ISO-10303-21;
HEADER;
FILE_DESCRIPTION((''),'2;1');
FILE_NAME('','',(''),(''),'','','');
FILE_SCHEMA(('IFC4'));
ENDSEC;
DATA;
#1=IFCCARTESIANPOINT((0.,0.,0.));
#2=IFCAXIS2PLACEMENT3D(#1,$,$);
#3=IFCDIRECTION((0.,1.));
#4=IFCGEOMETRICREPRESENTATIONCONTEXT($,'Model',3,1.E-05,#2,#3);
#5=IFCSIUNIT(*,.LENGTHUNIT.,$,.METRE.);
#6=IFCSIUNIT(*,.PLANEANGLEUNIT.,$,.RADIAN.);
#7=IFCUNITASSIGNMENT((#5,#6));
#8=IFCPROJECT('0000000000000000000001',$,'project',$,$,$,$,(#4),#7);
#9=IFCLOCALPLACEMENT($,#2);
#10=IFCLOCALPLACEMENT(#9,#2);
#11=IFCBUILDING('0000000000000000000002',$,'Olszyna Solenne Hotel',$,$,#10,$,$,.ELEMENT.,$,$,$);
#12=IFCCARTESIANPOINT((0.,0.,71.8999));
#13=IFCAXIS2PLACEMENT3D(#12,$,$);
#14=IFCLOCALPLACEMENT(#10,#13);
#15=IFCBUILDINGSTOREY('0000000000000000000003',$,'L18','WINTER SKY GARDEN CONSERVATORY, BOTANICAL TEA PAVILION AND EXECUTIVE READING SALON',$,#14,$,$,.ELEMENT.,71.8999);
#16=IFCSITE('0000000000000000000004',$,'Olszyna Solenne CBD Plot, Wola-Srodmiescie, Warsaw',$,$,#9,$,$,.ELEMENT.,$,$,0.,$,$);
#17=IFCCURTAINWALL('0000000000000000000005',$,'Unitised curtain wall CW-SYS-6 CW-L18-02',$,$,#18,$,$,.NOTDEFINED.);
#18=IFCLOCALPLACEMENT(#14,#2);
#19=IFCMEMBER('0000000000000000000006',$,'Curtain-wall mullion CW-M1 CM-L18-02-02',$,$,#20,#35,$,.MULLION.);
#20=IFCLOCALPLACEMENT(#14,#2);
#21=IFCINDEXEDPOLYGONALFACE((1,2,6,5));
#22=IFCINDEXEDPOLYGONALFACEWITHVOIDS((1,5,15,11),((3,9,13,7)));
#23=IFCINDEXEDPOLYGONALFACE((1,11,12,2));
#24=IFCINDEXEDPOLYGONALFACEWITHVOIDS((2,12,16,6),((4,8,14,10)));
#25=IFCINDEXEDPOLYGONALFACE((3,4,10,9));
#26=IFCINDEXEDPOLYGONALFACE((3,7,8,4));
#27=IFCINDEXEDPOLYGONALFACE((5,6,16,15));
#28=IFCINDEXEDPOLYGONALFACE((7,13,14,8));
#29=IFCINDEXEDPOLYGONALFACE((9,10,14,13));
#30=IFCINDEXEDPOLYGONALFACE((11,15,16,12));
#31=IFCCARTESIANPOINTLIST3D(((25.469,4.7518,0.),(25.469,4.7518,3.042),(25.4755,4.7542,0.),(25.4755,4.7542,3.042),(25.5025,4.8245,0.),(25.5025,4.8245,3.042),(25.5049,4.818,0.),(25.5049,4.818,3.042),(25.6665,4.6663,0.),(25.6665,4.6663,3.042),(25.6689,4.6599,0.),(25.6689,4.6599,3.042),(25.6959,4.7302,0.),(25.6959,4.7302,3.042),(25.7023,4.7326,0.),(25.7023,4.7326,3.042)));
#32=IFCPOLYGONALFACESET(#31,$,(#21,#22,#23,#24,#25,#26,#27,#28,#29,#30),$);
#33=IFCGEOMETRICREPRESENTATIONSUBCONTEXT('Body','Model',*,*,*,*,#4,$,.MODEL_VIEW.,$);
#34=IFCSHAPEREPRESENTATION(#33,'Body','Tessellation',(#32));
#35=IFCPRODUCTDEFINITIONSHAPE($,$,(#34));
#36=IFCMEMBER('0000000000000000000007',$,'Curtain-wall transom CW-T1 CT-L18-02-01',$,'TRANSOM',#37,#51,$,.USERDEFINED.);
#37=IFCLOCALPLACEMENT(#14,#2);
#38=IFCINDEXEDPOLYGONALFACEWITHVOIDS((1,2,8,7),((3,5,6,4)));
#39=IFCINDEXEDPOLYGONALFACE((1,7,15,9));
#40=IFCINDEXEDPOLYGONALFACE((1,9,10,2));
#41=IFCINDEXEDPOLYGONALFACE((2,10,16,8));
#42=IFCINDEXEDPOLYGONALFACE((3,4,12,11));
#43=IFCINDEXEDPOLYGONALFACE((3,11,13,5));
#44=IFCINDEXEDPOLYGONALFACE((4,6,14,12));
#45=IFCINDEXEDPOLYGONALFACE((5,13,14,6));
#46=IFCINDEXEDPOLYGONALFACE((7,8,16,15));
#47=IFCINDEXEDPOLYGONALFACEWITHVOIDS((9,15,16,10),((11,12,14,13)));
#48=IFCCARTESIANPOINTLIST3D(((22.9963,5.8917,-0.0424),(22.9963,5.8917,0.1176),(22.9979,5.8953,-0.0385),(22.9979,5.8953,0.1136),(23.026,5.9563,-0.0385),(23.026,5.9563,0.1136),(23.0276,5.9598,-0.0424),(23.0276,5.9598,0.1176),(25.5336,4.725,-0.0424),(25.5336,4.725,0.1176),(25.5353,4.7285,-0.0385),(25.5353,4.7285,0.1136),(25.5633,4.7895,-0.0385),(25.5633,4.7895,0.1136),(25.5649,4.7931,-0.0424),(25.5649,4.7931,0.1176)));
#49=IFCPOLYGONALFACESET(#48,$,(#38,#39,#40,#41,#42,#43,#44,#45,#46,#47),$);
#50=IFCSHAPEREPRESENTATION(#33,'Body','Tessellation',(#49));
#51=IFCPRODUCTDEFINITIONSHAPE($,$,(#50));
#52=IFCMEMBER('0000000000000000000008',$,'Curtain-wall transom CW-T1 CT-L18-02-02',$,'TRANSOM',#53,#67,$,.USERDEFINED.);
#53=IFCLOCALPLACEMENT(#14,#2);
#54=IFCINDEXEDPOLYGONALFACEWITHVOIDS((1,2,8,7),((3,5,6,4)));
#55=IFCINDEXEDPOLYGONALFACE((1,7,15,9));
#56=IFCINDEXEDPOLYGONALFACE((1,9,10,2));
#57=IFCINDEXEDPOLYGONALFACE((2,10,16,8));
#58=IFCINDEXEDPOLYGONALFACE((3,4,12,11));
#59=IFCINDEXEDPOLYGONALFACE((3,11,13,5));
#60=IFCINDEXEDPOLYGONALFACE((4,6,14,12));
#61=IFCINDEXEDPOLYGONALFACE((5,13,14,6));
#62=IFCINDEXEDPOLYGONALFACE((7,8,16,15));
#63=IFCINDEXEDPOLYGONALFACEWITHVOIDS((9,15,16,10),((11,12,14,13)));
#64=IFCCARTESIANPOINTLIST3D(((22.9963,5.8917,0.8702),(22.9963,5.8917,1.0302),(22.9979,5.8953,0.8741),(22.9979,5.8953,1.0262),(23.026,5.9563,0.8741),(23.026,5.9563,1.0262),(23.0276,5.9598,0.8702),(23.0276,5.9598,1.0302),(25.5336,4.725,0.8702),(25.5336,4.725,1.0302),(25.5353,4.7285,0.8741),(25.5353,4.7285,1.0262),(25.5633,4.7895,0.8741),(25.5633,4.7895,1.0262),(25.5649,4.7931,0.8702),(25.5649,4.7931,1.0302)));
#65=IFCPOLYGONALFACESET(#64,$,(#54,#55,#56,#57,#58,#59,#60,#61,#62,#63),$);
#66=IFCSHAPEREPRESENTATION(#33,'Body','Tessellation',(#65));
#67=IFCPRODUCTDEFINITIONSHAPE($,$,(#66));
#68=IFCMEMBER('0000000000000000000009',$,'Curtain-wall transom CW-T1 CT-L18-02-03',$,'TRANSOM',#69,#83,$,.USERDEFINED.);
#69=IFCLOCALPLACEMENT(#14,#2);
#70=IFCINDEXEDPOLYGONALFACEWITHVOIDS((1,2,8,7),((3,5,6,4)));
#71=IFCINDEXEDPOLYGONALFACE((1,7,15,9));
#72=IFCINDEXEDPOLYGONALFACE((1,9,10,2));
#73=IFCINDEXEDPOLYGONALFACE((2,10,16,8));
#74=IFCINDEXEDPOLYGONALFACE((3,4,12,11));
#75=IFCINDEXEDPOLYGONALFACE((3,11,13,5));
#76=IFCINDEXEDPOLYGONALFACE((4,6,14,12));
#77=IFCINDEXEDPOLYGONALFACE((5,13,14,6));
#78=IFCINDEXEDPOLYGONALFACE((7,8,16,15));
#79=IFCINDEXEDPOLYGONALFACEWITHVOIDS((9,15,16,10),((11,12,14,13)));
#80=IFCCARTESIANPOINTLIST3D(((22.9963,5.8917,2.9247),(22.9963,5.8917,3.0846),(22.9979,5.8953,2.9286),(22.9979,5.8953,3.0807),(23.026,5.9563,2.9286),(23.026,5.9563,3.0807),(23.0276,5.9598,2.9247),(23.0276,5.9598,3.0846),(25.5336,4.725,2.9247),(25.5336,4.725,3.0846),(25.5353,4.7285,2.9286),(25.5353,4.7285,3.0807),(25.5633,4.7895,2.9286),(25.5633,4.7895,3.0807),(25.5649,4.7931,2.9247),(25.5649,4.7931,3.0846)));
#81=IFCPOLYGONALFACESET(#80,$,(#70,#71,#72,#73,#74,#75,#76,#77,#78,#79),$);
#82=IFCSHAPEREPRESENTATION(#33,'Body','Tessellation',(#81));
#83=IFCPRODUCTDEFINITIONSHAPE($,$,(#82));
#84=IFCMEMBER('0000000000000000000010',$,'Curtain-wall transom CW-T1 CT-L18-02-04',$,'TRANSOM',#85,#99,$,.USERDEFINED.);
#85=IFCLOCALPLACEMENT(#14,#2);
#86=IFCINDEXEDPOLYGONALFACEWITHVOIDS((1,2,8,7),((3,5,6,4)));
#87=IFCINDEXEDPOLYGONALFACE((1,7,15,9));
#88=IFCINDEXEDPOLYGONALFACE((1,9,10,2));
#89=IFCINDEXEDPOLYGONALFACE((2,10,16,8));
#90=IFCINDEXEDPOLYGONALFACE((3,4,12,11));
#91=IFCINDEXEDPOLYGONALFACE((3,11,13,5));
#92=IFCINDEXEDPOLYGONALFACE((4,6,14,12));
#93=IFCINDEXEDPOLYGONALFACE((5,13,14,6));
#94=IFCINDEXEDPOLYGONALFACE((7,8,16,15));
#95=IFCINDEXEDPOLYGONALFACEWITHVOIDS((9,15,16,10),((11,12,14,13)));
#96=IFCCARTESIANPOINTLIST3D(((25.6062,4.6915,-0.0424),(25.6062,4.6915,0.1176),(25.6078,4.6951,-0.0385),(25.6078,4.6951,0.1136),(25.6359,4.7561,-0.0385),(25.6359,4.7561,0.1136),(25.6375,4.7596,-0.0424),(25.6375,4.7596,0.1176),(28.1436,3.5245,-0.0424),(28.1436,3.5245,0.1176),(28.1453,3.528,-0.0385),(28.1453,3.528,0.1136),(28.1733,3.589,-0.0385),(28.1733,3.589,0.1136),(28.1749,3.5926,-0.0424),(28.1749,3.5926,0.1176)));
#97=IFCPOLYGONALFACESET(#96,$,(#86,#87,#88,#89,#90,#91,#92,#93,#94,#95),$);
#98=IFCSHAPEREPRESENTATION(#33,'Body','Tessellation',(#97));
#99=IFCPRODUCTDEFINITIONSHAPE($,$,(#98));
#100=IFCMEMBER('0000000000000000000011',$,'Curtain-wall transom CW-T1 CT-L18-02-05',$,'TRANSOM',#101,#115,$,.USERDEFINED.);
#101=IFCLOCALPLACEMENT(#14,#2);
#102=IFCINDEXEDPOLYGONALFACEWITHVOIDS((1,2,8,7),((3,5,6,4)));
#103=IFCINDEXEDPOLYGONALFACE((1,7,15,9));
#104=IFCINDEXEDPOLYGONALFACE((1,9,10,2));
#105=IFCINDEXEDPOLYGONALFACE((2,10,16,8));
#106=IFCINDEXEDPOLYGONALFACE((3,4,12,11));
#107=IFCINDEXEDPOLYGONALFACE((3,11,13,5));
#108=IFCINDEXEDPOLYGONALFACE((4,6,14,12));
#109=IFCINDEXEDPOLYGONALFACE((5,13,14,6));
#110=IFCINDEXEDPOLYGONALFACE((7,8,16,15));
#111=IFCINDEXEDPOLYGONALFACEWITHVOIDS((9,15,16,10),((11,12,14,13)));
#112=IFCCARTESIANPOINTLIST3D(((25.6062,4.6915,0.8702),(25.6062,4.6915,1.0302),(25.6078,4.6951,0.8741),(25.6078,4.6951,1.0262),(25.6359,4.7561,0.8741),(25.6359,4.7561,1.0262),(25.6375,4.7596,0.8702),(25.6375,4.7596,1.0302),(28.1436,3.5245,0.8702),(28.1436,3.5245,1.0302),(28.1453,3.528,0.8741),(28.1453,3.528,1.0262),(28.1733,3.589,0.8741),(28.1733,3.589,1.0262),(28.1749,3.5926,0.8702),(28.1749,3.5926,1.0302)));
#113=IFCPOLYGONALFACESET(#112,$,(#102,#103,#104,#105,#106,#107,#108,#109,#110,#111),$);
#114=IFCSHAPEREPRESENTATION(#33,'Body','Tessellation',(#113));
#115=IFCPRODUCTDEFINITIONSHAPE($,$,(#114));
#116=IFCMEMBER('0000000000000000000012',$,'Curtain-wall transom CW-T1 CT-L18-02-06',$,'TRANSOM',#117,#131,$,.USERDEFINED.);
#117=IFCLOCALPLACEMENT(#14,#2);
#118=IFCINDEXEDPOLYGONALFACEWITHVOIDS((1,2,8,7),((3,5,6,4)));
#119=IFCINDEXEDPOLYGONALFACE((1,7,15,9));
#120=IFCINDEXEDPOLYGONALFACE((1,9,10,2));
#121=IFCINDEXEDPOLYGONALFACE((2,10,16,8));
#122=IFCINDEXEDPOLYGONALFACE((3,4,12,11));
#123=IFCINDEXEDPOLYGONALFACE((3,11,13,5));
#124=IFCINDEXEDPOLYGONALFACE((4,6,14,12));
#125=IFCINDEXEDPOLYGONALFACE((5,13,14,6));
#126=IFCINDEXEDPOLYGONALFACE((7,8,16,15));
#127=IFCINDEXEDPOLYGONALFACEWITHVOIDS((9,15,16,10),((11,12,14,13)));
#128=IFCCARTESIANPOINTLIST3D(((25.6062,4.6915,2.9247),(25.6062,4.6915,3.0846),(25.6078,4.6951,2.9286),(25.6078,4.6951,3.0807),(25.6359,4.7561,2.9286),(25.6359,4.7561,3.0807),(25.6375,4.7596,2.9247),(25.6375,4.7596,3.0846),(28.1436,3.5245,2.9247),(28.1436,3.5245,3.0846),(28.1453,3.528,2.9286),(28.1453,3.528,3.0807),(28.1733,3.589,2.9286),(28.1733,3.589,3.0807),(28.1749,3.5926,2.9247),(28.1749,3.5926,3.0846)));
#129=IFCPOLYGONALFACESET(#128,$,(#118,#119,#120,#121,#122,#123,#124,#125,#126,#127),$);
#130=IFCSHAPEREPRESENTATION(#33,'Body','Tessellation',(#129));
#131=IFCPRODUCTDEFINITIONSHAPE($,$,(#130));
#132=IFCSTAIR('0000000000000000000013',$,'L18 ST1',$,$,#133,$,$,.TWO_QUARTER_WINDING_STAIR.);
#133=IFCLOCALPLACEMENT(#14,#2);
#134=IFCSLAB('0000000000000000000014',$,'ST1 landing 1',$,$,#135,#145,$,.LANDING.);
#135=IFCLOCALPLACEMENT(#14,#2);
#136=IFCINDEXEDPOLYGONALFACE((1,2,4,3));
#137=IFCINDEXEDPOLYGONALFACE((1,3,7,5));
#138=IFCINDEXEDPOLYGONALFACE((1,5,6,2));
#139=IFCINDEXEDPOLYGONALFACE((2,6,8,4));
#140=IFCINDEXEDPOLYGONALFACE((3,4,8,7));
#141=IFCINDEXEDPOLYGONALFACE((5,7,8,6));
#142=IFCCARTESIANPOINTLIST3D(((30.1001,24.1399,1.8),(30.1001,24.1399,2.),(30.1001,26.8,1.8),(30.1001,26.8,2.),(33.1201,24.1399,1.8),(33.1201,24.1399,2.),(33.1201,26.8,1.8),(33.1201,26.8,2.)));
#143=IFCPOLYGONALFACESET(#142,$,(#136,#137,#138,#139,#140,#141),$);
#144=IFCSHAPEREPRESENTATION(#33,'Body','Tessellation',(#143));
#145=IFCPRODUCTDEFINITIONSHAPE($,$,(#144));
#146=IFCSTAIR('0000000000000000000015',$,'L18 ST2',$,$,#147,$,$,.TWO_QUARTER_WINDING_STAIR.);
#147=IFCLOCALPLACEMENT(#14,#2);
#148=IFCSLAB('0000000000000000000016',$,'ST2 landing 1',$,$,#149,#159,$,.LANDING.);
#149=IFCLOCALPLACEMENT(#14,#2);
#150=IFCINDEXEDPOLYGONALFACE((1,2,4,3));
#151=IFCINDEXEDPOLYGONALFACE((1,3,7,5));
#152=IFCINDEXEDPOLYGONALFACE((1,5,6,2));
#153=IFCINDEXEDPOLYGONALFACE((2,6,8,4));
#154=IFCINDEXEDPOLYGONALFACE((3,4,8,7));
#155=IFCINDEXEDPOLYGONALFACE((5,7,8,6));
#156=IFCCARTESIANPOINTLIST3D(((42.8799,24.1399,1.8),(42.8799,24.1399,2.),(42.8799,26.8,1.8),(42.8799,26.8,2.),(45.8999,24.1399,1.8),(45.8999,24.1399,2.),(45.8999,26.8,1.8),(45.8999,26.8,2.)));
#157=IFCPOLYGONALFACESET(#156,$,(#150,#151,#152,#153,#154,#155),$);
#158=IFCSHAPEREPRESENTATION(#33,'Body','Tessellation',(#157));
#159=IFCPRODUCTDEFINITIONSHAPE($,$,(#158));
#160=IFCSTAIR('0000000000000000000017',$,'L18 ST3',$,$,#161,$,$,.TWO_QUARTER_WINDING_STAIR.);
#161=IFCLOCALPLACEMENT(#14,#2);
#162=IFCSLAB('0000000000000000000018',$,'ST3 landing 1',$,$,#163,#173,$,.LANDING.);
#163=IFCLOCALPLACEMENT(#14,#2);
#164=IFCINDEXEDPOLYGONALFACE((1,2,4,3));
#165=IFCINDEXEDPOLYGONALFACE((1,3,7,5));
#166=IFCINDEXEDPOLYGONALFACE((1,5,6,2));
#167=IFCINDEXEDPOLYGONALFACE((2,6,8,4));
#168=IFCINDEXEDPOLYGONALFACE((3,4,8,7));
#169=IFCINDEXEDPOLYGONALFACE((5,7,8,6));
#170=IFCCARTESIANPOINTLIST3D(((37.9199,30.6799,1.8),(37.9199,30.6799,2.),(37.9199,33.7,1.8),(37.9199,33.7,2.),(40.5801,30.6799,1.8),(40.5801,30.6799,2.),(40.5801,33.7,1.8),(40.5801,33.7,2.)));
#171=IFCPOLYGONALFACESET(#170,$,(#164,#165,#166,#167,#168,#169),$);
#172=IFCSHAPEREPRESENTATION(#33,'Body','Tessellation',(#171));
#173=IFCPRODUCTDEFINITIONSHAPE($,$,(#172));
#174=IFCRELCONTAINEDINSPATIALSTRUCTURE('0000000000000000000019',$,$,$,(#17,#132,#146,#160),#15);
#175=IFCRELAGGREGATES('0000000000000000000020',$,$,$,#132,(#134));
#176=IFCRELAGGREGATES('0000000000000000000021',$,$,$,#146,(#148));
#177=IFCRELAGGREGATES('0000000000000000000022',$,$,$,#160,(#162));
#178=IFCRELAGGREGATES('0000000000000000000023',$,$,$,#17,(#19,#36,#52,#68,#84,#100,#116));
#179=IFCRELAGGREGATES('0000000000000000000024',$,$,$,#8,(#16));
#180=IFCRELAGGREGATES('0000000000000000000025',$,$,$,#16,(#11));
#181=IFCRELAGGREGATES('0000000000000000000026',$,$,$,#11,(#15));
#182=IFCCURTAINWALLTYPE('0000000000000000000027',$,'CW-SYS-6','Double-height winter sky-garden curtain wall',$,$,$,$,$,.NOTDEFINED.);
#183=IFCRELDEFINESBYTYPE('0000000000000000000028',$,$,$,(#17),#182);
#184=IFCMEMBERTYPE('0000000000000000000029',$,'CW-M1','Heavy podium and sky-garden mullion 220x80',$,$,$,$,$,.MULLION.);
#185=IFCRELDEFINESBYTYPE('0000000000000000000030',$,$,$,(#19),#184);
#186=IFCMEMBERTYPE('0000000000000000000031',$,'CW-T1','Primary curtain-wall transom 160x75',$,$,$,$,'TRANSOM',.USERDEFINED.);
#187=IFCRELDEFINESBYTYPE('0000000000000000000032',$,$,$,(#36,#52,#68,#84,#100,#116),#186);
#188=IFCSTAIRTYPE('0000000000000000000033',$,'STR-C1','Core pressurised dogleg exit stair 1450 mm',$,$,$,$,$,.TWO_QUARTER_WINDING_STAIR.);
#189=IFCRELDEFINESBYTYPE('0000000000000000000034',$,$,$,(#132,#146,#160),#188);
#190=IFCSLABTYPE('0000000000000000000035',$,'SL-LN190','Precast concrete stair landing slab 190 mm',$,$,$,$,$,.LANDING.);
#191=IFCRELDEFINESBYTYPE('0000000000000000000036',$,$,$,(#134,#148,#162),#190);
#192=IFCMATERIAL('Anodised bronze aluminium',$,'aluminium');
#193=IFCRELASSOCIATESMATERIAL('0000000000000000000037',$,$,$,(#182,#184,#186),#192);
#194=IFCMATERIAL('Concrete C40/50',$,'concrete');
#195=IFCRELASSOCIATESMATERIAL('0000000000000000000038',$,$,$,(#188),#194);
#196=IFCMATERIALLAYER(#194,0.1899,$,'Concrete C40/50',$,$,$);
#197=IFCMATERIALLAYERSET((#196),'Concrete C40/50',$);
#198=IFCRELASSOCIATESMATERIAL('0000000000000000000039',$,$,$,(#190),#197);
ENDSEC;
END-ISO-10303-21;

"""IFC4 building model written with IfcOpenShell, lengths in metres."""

from ifc_helpers import new_model, si_unit, direction, frame, origin, origin_2d, place, context, subcontext, project, spatial, polyline, hollow_rectangle, outline, extrude, source, transform, mapped, material, layer, layer_set, material_profile, profile_set, type_object, element, aggregate, save


model = new_model("IFC4")

# Units and contexts
model_context = context("Model", 3, precision=1e-05, world=origin(), true_north=direction((0.0, 1.0)))
body_context = subcontext(model_context, "Body", "Model", "MODEL_VIEW")
ifc_project = project(units=[si_unit("LENGTHUNIT", "METRE"), si_unit("PLANEANGLEUNIT", "RADIAN")], contexts=[model_context])

# Site, building, storey
site_placement = place(None, origin())
site = spatial("IfcSite", under=ifc_project, at=site_placement, Name="Olszyna Solenne CBD Plot, Wola-Srodmiescie, Warsaw", CompositionType="ELEMENT", RefElevation=0.0)
building_placement = place(site_placement, origin())
building = spatial("IfcBuilding", under=site, at=building_placement, Name="Olszyna Solenne Hotel", CompositionType="ELEMENT")
storey_placement = place(building_placement, frame((0.0, 0.0, 71.8999)))
storey = spatial("IfcBuildingStorey", under=building, at=storey_placement, Name="L18", Description="WINTER SKY GARDEN CONSERVATORY, BOTANICAL TEA PAVILION AND EXECUTIVE READING SALON", CompositionType="ELEMENT", Elevation=71.8999)

# Curtain wall, members
ifc_material_1 = material(Name="Anodised bronze aluminium", Category="aluminium")
curtain_wall_type = type_object("IfcCurtainWallType", Name="CW-SYS-6", Description="Double-height winter sky-garden curtain wall", PredefinedType="NOTDEFINED", material=ifc_material_1)
curtain_wall_placement = place(storey_placement, origin())
curtain_wall = element("IfcCurtainWall", 1, at=curtain_wall_placement, inside=storey, type_object=curtain_wall_type, Name="Unitised curtain wall CW-SYS-6 CW-L18-02", PredefinedType="NOTDEFINED")
ifc_material_profile_1 = material_profile(ifc_material_1, hollow_rectangle(XDim=0.0801, YDim=0.22, WallThickness=0.0049, at=origin_2d()), Name="MULL 220x80x5", Category="load-bearing")
ifc_profile_set_1 = profile_set([ifc_material_profile_1], Name="Anodised bronze aluminium")
member_type_1 = type_object("IfcMemberType", Name="CW-M1", Description="Heavy podium and sky-garden mullion 220x80", PredefinedType="MULLION", material=ifc_profile_set_1)
shared_shape_1 = source(origin(), body_context, "Body", "SweptSolid", [
    extrude(hollow_rectangle(XDim=0.0801, YDim=0.22, WallThickness=0.0049, at=origin_2d()), origin(), (0.0, 0.0, 1.0), 3.042),
])
member_1_placement = place(storey_placement, frame((25.5857, 4.7422, 0.0), z_axis=(0.0, 0.0, 1.0), x_axis=(0.417848, 0.908517, 0.0)))
member_1 = element("IfcMember", 2, at=member_1_placement, type_object=member_type_1, Name="Curtain-wall mullion CW-M1 CM-L18-02-02", PredefinedType="MULLION", context=body_context, shape_type="MappedRepresentation", body=[
    mapped(shared_shape_1, transform((0.0, 0.0, 0.0), x_axis=(1.0, 0.0, 0.0), y_axis=(0.0, 1.0, 0.0), z_axis=(0.0, 0.0, 1.0), scale=1.0)),
])
ifc_material_profile_2 = material_profile(ifc_material_1, hollow_rectangle(XDim=0.075, YDim=0.1599, WallThickness=0.0039, at=origin_2d()), Name="TRAN 160x75x4", Category="load-bearing")
ifc_profile_set_2 = profile_set([ifc_material_profile_2], Name="Anodised bronze aluminium")
member_type_2 = type_object("IfcMemberType", Name="CW-T1", Description="Primary curtain-wall transom 160x75", ElementType="TRANSOM", PredefinedType="USERDEFINED", material=ifc_profile_set_2)
shared_shape_2 = source(origin(), body_context, "Body", "SweptSolid", [
    extrude(hollow_rectangle(XDim=0.075, YDim=0.1599, WallThickness=0.0039, at=origin_2d()), origin(), (0.0, 0.0, 1.0), 2.7927),
])
member_2_placement = place(storey_placement, frame((23.012, 5.9258, 0.0376), z_axis=(0.90855, -0.417777, 0.0), x_axis=(0.417777, 0.90855, 0.0)))
member_2 = element("IfcMember", 3, at=member_2_placement, type_object=member_type_2, Name="Curtain-wall transom CW-T1 CT-L18-02-01", ObjectType="TRANSOM", PredefinedType="USERDEFINED", context=body_context, shape_type="MappedRepresentation", body=[
    mapped(shared_shape_2, transform((0.0, 0.0, 0.0), x_axis=(1.0, 0.0, 0.0), y_axis=(0.0, 1.0, 0.0), z_axis=(0.0, 0.0, 1.0), scale=1.0)),
])
member_3_placement = place(storey_placement, frame((23.012, 5.9258, 0.9502), z_axis=(0.90855, -0.417777, 0.0), x_axis=(0.417777, 0.90855, 0.0)))
member_3 = element("IfcMember", 4, at=member_3_placement, type_object=member_type_2, Name="Curtain-wall transom CW-T1 CT-L18-02-02", ObjectType="TRANSOM", PredefinedType="USERDEFINED", context=body_context, shape_type="MappedRepresentation", body=[
    mapped(shared_shape_2, transform((0.0, 0.0, 0.0), x_axis=(1.0, 0.0, 0.0), y_axis=(0.0, 1.0, 0.0), z_axis=(0.0, 0.0, 1.0), scale=1.0)),
])
member_4_placement = place(storey_placement, frame((23.012, 5.9258, 3.0046), z_axis=(0.90855, -0.417777, 0.0), x_axis=(0.417777, 0.90855, 0.0)))
member_4 = element("IfcMember", 5, at=member_4_placement, type_object=member_type_2, Name="Curtain-wall transom CW-T1 CT-L18-02-03", ObjectType="TRANSOM", PredefinedType="USERDEFINED", context=body_context, shape_type="MappedRepresentation", body=[
    mapped(shared_shape_2, transform((0.0, 0.0, 0.0), x_axis=(1.0, 0.0, 0.0), y_axis=(0.0, 1.0, 0.0), z_axis=(0.0, 0.0, 1.0), scale=1.0)),
])
shared_shape_3 = source(origin(), body_context, "Body", "SweptSolid", [
    extrude(hollow_rectangle(XDim=0.075, YDim=0.1599, WallThickness=0.0039, at=origin_2d()), origin(), (0.0, 0.0, 1.0), 2.793),
])
member_5_placement = place(storey_placement, frame((25.6218, 4.7256, 0.0376), z_axis=(0.908516, -0.417849, 0.0), x_axis=(0.417849, 0.908516, 0.0)))
member_5 = element("IfcMember", 6, at=member_5_placement, type_object=member_type_2, Name="Curtain-wall transom CW-T1 CT-L18-02-04", ObjectType="TRANSOM", PredefinedType="USERDEFINED", context=body_context, shape_type="MappedRepresentation", body=[
    mapped(shared_shape_3, transform((0.0, 0.0, 0.0), x_axis=(1.0, 0.0, 0.0), y_axis=(0.0, 1.0, 0.0), z_axis=(0.0, 0.0, 1.0), scale=1.0)),
])
member_6_placement = place(storey_placement, frame((25.6218, 4.7256, 0.9502), z_axis=(0.908516, -0.417849, 0.0), x_axis=(0.417849, 0.908516, 0.0)))
member_6 = element("IfcMember", 7, at=member_6_placement, type_object=member_type_2, Name="Curtain-wall transom CW-T1 CT-L18-02-05", ObjectType="TRANSOM", PredefinedType="USERDEFINED", context=body_context, shape_type="MappedRepresentation", body=[
    mapped(shared_shape_3, transform((0.0, 0.0, 0.0), x_axis=(1.0, 0.0, 0.0), y_axis=(0.0, 1.0, 0.0), z_axis=(0.0, 0.0, 1.0), scale=1.0)),
])
member_7_placement = place(storey_placement, frame((25.6218, 4.7256, 3.0046), z_axis=(0.908516, -0.417849, 0.0), x_axis=(0.417849, 0.908516, 0.0)))
member_7 = element("IfcMember", 8, at=member_7_placement, type_object=member_type_2, Name="Curtain-wall transom CW-T1 CT-L18-02-06", ObjectType="TRANSOM", PredefinedType="USERDEFINED", context=body_context, shape_type="MappedRepresentation", body=[
    mapped(shared_shape_3, transform((0.0, 0.0, 0.0), x_axis=(1.0, 0.0, 0.0), y_axis=(0.0, 1.0, 0.0), z_axis=(0.0, 0.0, 1.0), scale=1.0)),
])

# Stairs, slabs
ifc_material_2 = material(Name="Concrete C40/50", Category="concrete")
stair_type = type_object("IfcStairType", Name="STR-C1", Description="Core pressurised dogleg exit stair 1450 mm", PredefinedType="TWO_QUARTER_WINDING_STAIR", material=ifc_material_2)
stair_1_placement = place(storey_placement, origin())
stair_1 = element("IfcStair", 9, at=stair_1_placement, inside=storey, type_object=stair_type, Name="L18 ST1", PredefinedType="TWO_QUARTER_WINDING_STAIR")
ifc_layer_1 = layer(ifc_material_2, 0.1899, Name="Concrete C40/50")
ifc_layer_set_1 = layer_set([ifc_layer_1], Name="Concrete C40/50")
slab_type_1 = type_object("IfcSlabType", Name="SL-LN190", Description="Precast concrete stair landing slab 190 mm", PredefinedType="LANDING", material=ifc_layer_set_1)
slab_1_placement = place(storey_placement, frame((0.0, 0.0, 1.8)))
slab_1 = element("IfcSlab", 10, at=slab_1_placement, type_object=slab_type_1, Name="ST1 landing 1", PredefinedType="LANDING", context=body_context, shape_type="SweptSolid", body=[
    extrude(outline(polyline([(33.1201, 24.1399), (33.1201, 26.8), (30.1001, 26.8), (30.1001, 24.1399), (33.1201, 24.1399)])), origin(), (0.0, 0.0, 1.0), 0.2),
])
aggregate(stair_1, [slab_1])
stair_2_placement = place(storey_placement, origin())
stair_2 = element("IfcStair", 11, at=stair_2_placement, inside=storey, type_object=stair_type, Name="L18 ST2", PredefinedType="TWO_QUARTER_WINDING_STAIR")
slab_2_placement = place(storey_placement, frame((0.0, 0.0, 1.8)))
slab_2 = element("IfcSlab", 12, at=slab_2_placement, type_object=slab_type_1, Name="ST2 landing 1", PredefinedType="LANDING", context=body_context, shape_type="SweptSolid", body=[
    extrude(outline(polyline([(45.8999, 24.1399), (45.8999, 26.8), (42.8799, 26.8), (42.8799, 24.1399), (45.8999, 24.1399)])), origin(), (0.0, 0.0, 1.0), 0.2),
])
aggregate(stair_2, [slab_2])
stair_3_placement = place(storey_placement, origin())
stair_3 = element("IfcStair", 13, at=stair_3_placement, inside=storey, type_object=stair_type, Name="L18 ST3", PredefinedType="TWO_QUARTER_WINDING_STAIR")
slab_3_placement = place(storey_placement, frame((0.0, 0.0, 1.8)))
slab_3 = element("IfcSlab", 14, at=slab_3_placement, type_object=slab_type_1, Name="ST3 landing 1", PredefinedType="LANDING", context=body_context, shape_type="SweptSolid", body=[
    extrude(outline(polyline([(37.9199, 30.6799), (40.5801, 30.6799), (40.5801, 33.7), (37.9199, 33.7), (37.9199, 30.6799)])), origin(), (0.0, 0.0, 1.0), 0.2),
])
aggregate(stair_3, [slab_3])

aggregate(curtain_wall, [member_1, member_2, member_3, member_4, member_5, member_6, member_7])

save(model, "model.ifc")
